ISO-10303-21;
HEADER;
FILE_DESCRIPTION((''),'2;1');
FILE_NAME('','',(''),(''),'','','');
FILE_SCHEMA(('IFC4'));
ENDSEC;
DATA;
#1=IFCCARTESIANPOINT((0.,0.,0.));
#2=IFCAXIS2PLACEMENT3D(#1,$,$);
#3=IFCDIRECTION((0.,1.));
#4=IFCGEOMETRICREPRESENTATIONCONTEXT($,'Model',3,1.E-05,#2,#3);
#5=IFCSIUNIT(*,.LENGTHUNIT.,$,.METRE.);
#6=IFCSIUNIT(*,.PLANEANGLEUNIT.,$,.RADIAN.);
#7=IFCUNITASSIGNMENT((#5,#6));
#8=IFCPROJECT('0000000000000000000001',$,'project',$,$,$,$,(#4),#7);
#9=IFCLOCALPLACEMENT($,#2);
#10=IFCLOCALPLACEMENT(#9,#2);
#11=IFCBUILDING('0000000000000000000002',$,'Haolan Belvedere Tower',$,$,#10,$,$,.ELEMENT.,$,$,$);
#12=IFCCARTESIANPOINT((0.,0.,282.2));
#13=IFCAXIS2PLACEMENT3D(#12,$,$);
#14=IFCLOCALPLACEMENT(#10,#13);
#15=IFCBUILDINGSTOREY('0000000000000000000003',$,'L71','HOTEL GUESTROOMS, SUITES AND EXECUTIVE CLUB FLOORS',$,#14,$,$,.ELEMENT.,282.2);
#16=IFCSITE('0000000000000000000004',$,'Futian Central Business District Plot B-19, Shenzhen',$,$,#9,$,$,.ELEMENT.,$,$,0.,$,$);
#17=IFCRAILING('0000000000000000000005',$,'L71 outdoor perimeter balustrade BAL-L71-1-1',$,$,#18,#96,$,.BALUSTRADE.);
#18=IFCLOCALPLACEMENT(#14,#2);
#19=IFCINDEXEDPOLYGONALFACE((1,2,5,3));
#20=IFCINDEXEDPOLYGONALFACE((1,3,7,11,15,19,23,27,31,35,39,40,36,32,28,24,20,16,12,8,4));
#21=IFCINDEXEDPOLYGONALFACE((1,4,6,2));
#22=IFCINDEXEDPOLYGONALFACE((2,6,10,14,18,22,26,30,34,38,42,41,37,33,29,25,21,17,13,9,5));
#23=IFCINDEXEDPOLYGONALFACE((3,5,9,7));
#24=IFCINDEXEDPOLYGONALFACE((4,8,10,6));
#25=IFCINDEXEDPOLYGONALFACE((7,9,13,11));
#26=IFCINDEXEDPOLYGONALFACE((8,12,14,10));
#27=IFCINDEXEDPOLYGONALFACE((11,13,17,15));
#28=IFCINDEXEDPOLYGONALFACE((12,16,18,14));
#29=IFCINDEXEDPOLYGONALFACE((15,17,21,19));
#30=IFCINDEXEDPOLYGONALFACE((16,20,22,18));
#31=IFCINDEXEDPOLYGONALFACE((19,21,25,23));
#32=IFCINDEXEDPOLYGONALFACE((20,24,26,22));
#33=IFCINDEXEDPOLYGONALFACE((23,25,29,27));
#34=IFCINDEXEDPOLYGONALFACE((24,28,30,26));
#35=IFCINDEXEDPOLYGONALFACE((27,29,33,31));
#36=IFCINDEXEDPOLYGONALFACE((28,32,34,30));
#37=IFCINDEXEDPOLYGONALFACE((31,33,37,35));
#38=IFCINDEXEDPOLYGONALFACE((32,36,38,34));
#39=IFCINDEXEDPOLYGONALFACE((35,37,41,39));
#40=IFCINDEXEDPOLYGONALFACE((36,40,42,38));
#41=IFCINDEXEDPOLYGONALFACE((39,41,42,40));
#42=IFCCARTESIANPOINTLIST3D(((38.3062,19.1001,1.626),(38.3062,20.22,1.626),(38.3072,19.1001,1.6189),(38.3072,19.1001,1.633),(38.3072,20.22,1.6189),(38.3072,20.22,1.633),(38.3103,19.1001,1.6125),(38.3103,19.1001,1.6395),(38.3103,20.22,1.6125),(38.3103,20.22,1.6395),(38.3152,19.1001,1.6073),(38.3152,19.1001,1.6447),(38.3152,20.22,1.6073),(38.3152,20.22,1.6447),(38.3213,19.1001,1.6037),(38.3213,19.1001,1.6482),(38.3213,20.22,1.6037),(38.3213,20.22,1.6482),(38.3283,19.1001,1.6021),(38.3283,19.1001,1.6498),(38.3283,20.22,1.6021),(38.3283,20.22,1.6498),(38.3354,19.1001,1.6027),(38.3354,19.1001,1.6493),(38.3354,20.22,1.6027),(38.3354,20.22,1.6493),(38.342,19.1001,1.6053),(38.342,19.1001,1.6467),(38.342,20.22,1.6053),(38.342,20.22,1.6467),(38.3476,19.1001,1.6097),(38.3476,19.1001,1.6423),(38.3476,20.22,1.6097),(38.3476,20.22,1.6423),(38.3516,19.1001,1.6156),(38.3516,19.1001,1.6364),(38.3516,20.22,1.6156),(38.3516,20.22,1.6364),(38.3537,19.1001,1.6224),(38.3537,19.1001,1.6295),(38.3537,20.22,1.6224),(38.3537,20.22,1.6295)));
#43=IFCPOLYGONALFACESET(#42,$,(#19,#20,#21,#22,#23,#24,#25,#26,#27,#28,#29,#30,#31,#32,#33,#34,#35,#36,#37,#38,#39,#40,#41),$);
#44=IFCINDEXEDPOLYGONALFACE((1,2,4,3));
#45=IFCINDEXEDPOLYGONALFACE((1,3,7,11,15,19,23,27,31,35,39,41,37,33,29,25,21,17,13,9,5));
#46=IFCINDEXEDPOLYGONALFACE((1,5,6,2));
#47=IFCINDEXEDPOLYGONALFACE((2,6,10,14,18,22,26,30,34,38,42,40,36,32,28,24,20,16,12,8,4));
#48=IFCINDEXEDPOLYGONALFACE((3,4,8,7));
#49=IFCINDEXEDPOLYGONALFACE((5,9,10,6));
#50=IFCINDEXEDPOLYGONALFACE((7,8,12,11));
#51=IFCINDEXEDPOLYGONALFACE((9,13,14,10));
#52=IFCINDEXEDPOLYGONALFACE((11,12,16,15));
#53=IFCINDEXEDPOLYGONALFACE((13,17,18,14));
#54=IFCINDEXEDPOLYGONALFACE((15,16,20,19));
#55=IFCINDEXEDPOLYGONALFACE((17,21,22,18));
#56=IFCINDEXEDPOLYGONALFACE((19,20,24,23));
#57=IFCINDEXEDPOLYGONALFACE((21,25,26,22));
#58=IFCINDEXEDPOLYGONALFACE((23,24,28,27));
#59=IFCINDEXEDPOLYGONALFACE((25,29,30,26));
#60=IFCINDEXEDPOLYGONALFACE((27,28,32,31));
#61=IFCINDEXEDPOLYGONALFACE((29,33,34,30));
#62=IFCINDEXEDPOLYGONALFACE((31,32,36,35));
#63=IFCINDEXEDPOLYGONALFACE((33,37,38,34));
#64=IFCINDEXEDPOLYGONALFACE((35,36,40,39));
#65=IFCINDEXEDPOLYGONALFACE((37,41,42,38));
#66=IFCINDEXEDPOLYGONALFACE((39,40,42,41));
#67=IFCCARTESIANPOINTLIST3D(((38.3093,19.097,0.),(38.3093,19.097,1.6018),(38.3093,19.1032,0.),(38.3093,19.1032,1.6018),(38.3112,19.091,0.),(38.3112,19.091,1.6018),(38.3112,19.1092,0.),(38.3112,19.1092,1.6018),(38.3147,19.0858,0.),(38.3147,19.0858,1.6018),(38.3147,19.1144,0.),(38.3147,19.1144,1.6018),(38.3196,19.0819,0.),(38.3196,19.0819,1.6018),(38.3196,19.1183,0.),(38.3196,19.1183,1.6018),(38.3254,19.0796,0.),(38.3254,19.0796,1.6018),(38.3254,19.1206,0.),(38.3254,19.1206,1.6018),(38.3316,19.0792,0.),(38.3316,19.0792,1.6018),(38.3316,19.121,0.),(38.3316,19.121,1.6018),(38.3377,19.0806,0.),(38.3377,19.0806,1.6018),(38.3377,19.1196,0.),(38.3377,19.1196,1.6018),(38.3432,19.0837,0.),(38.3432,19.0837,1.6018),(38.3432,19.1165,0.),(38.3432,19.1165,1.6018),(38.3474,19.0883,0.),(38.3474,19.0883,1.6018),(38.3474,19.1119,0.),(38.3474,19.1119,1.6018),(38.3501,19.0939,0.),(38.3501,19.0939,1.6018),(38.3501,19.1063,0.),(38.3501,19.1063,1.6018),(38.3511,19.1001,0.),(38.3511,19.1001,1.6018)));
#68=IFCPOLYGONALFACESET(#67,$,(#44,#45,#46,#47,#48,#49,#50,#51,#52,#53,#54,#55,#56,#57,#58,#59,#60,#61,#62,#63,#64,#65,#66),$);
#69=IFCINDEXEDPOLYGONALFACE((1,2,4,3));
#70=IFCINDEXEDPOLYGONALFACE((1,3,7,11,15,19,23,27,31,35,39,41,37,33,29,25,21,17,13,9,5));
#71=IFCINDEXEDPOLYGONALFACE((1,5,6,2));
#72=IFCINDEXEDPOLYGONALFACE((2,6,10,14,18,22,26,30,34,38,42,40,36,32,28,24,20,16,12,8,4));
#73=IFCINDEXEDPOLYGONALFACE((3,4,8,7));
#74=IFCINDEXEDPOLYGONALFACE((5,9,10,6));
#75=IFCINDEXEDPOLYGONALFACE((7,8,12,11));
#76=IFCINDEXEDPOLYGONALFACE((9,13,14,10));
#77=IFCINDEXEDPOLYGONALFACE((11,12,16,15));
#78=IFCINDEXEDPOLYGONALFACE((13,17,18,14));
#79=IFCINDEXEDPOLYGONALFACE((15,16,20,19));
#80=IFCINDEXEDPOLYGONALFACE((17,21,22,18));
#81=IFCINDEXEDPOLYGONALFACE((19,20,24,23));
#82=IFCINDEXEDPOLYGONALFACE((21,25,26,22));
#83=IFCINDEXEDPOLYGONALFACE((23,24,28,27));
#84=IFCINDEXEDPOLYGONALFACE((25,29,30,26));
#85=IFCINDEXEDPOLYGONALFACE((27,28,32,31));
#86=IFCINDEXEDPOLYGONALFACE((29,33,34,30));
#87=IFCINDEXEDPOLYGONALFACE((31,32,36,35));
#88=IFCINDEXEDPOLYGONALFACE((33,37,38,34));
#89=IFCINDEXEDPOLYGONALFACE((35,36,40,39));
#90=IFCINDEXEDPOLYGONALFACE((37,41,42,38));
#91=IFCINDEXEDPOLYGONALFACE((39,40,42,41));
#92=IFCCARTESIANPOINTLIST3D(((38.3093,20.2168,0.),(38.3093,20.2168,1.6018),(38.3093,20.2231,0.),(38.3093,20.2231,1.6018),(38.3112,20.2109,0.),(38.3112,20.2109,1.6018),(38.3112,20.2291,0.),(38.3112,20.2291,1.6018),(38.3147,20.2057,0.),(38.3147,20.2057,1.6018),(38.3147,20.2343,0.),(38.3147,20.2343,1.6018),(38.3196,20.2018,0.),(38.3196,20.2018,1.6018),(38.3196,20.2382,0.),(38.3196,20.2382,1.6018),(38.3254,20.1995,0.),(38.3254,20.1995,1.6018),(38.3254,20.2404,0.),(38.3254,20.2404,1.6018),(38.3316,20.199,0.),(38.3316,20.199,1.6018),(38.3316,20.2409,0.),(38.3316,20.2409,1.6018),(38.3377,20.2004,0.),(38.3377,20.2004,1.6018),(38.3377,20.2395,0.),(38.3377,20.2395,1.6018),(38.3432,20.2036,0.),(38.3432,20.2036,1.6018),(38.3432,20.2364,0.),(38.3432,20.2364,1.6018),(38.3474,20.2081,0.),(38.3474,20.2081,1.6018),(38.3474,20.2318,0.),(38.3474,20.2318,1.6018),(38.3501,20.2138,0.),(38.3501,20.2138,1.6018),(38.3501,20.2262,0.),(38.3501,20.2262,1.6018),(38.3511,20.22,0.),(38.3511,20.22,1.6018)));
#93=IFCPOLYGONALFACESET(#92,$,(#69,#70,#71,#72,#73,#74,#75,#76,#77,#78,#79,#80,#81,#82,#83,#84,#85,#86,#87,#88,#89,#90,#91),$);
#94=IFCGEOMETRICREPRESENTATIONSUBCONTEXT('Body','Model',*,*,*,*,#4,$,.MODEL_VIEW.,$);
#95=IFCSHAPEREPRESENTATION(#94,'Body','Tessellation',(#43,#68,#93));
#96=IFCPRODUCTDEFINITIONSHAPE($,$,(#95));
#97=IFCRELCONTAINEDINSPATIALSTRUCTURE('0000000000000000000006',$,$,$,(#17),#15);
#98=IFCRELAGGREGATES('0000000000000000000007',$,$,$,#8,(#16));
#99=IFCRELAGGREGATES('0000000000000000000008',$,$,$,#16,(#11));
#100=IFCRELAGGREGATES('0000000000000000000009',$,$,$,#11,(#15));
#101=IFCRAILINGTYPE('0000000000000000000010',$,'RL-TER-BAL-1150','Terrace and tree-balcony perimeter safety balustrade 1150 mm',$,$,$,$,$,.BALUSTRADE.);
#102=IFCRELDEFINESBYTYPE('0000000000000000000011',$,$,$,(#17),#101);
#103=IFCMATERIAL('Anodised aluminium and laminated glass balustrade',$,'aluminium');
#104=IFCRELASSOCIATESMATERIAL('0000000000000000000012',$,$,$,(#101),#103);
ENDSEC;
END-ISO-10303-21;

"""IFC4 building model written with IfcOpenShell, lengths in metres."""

from ifc_helpers import new_model, si_unit, direction, frame, origin, origin_2d, place, context, subcontext, project, spatial, circle, extrude, material, type_object, element, save


model = new_model("IFC4")

# Units and contexts
model_context = context("Model", 3, precision=1e-05, world=origin(), true_north=direction((0.0, 1.0)))
body_context = subcontext(model_context, "Body", "Model", "MODEL_VIEW")
ifc_project = project(units=[si_unit("LENGTHUNIT", "METRE"), si_unit("PLANEANGLEUNIT", "RADIAN")], contexts=[model_context])

# Site, building, storey
site_placement = place(None, origin())
site = spatial("IfcSite", under=ifc_project, at=site_placement, Name="Futian Central Business District Plot B-19, Shenzhen", CompositionType="ELEMENT", RefElevation=0.0)
building_placement = place(site_placement, origin())
building = spatial("IfcBuilding", under=site, at=building_placement, Name="Haolan Belvedere Tower", CompositionType="ELEMENT")
storey_placement = place(building_placement, frame((0.0, 0.0, 282.2)))
storey = spatial("IfcBuildingStorey", under=building, at=storey_placement, Name="L71", Description="HOTEL GUESTROOMS, SUITES AND EXECUTIVE CLUB FLOORS", CompositionType="ELEMENT", Elevation=282.2)

# Railing
ifc_material_1 = material(Name="Anodised aluminium and laminated glass balustrade", Category="aluminium")
railing_type = type_object("IfcRailingType", Name="RL-TER-BAL-1150", Description="Terrace and tree-balcony perimeter safety balustrade 1150 mm", PredefinedType="BALUSTRADE", material=ifc_material_1)
railing_placement = place(storey_placement, frame((38.3301, 19.1001, 0.0)))
element("IfcRailing", 1, at=railing_placement, inside=storey, type_object=railing_type, Name="L71 outdoor perimeter balustrade BAL-L71-1-1", PredefinedType="BALUSTRADE", context=body_context, shape_type="SweptSolid", body=[
    extrude(circle(Radius=0.0239, at=origin_2d()), frame((0.0, 0.0, 1.626), z_axis=(0.0, 1.0, 0.0), x_axis=(-1.0, 0.0, 0.0)), (0.0, 0.0, 1.0), 1.1199),
    extrude(circle(Radius=0.021, at=origin_2d()), origin(), (0.0, 0.0, 1.0), 1.6018),
    extrude(circle(Radius=0.021, at=origin_2d()), frame((0.0, 1.1199, 0.0)), (0.0, 0.0, 1.0), 1.6018),
])

save(model, "model.ifc")
